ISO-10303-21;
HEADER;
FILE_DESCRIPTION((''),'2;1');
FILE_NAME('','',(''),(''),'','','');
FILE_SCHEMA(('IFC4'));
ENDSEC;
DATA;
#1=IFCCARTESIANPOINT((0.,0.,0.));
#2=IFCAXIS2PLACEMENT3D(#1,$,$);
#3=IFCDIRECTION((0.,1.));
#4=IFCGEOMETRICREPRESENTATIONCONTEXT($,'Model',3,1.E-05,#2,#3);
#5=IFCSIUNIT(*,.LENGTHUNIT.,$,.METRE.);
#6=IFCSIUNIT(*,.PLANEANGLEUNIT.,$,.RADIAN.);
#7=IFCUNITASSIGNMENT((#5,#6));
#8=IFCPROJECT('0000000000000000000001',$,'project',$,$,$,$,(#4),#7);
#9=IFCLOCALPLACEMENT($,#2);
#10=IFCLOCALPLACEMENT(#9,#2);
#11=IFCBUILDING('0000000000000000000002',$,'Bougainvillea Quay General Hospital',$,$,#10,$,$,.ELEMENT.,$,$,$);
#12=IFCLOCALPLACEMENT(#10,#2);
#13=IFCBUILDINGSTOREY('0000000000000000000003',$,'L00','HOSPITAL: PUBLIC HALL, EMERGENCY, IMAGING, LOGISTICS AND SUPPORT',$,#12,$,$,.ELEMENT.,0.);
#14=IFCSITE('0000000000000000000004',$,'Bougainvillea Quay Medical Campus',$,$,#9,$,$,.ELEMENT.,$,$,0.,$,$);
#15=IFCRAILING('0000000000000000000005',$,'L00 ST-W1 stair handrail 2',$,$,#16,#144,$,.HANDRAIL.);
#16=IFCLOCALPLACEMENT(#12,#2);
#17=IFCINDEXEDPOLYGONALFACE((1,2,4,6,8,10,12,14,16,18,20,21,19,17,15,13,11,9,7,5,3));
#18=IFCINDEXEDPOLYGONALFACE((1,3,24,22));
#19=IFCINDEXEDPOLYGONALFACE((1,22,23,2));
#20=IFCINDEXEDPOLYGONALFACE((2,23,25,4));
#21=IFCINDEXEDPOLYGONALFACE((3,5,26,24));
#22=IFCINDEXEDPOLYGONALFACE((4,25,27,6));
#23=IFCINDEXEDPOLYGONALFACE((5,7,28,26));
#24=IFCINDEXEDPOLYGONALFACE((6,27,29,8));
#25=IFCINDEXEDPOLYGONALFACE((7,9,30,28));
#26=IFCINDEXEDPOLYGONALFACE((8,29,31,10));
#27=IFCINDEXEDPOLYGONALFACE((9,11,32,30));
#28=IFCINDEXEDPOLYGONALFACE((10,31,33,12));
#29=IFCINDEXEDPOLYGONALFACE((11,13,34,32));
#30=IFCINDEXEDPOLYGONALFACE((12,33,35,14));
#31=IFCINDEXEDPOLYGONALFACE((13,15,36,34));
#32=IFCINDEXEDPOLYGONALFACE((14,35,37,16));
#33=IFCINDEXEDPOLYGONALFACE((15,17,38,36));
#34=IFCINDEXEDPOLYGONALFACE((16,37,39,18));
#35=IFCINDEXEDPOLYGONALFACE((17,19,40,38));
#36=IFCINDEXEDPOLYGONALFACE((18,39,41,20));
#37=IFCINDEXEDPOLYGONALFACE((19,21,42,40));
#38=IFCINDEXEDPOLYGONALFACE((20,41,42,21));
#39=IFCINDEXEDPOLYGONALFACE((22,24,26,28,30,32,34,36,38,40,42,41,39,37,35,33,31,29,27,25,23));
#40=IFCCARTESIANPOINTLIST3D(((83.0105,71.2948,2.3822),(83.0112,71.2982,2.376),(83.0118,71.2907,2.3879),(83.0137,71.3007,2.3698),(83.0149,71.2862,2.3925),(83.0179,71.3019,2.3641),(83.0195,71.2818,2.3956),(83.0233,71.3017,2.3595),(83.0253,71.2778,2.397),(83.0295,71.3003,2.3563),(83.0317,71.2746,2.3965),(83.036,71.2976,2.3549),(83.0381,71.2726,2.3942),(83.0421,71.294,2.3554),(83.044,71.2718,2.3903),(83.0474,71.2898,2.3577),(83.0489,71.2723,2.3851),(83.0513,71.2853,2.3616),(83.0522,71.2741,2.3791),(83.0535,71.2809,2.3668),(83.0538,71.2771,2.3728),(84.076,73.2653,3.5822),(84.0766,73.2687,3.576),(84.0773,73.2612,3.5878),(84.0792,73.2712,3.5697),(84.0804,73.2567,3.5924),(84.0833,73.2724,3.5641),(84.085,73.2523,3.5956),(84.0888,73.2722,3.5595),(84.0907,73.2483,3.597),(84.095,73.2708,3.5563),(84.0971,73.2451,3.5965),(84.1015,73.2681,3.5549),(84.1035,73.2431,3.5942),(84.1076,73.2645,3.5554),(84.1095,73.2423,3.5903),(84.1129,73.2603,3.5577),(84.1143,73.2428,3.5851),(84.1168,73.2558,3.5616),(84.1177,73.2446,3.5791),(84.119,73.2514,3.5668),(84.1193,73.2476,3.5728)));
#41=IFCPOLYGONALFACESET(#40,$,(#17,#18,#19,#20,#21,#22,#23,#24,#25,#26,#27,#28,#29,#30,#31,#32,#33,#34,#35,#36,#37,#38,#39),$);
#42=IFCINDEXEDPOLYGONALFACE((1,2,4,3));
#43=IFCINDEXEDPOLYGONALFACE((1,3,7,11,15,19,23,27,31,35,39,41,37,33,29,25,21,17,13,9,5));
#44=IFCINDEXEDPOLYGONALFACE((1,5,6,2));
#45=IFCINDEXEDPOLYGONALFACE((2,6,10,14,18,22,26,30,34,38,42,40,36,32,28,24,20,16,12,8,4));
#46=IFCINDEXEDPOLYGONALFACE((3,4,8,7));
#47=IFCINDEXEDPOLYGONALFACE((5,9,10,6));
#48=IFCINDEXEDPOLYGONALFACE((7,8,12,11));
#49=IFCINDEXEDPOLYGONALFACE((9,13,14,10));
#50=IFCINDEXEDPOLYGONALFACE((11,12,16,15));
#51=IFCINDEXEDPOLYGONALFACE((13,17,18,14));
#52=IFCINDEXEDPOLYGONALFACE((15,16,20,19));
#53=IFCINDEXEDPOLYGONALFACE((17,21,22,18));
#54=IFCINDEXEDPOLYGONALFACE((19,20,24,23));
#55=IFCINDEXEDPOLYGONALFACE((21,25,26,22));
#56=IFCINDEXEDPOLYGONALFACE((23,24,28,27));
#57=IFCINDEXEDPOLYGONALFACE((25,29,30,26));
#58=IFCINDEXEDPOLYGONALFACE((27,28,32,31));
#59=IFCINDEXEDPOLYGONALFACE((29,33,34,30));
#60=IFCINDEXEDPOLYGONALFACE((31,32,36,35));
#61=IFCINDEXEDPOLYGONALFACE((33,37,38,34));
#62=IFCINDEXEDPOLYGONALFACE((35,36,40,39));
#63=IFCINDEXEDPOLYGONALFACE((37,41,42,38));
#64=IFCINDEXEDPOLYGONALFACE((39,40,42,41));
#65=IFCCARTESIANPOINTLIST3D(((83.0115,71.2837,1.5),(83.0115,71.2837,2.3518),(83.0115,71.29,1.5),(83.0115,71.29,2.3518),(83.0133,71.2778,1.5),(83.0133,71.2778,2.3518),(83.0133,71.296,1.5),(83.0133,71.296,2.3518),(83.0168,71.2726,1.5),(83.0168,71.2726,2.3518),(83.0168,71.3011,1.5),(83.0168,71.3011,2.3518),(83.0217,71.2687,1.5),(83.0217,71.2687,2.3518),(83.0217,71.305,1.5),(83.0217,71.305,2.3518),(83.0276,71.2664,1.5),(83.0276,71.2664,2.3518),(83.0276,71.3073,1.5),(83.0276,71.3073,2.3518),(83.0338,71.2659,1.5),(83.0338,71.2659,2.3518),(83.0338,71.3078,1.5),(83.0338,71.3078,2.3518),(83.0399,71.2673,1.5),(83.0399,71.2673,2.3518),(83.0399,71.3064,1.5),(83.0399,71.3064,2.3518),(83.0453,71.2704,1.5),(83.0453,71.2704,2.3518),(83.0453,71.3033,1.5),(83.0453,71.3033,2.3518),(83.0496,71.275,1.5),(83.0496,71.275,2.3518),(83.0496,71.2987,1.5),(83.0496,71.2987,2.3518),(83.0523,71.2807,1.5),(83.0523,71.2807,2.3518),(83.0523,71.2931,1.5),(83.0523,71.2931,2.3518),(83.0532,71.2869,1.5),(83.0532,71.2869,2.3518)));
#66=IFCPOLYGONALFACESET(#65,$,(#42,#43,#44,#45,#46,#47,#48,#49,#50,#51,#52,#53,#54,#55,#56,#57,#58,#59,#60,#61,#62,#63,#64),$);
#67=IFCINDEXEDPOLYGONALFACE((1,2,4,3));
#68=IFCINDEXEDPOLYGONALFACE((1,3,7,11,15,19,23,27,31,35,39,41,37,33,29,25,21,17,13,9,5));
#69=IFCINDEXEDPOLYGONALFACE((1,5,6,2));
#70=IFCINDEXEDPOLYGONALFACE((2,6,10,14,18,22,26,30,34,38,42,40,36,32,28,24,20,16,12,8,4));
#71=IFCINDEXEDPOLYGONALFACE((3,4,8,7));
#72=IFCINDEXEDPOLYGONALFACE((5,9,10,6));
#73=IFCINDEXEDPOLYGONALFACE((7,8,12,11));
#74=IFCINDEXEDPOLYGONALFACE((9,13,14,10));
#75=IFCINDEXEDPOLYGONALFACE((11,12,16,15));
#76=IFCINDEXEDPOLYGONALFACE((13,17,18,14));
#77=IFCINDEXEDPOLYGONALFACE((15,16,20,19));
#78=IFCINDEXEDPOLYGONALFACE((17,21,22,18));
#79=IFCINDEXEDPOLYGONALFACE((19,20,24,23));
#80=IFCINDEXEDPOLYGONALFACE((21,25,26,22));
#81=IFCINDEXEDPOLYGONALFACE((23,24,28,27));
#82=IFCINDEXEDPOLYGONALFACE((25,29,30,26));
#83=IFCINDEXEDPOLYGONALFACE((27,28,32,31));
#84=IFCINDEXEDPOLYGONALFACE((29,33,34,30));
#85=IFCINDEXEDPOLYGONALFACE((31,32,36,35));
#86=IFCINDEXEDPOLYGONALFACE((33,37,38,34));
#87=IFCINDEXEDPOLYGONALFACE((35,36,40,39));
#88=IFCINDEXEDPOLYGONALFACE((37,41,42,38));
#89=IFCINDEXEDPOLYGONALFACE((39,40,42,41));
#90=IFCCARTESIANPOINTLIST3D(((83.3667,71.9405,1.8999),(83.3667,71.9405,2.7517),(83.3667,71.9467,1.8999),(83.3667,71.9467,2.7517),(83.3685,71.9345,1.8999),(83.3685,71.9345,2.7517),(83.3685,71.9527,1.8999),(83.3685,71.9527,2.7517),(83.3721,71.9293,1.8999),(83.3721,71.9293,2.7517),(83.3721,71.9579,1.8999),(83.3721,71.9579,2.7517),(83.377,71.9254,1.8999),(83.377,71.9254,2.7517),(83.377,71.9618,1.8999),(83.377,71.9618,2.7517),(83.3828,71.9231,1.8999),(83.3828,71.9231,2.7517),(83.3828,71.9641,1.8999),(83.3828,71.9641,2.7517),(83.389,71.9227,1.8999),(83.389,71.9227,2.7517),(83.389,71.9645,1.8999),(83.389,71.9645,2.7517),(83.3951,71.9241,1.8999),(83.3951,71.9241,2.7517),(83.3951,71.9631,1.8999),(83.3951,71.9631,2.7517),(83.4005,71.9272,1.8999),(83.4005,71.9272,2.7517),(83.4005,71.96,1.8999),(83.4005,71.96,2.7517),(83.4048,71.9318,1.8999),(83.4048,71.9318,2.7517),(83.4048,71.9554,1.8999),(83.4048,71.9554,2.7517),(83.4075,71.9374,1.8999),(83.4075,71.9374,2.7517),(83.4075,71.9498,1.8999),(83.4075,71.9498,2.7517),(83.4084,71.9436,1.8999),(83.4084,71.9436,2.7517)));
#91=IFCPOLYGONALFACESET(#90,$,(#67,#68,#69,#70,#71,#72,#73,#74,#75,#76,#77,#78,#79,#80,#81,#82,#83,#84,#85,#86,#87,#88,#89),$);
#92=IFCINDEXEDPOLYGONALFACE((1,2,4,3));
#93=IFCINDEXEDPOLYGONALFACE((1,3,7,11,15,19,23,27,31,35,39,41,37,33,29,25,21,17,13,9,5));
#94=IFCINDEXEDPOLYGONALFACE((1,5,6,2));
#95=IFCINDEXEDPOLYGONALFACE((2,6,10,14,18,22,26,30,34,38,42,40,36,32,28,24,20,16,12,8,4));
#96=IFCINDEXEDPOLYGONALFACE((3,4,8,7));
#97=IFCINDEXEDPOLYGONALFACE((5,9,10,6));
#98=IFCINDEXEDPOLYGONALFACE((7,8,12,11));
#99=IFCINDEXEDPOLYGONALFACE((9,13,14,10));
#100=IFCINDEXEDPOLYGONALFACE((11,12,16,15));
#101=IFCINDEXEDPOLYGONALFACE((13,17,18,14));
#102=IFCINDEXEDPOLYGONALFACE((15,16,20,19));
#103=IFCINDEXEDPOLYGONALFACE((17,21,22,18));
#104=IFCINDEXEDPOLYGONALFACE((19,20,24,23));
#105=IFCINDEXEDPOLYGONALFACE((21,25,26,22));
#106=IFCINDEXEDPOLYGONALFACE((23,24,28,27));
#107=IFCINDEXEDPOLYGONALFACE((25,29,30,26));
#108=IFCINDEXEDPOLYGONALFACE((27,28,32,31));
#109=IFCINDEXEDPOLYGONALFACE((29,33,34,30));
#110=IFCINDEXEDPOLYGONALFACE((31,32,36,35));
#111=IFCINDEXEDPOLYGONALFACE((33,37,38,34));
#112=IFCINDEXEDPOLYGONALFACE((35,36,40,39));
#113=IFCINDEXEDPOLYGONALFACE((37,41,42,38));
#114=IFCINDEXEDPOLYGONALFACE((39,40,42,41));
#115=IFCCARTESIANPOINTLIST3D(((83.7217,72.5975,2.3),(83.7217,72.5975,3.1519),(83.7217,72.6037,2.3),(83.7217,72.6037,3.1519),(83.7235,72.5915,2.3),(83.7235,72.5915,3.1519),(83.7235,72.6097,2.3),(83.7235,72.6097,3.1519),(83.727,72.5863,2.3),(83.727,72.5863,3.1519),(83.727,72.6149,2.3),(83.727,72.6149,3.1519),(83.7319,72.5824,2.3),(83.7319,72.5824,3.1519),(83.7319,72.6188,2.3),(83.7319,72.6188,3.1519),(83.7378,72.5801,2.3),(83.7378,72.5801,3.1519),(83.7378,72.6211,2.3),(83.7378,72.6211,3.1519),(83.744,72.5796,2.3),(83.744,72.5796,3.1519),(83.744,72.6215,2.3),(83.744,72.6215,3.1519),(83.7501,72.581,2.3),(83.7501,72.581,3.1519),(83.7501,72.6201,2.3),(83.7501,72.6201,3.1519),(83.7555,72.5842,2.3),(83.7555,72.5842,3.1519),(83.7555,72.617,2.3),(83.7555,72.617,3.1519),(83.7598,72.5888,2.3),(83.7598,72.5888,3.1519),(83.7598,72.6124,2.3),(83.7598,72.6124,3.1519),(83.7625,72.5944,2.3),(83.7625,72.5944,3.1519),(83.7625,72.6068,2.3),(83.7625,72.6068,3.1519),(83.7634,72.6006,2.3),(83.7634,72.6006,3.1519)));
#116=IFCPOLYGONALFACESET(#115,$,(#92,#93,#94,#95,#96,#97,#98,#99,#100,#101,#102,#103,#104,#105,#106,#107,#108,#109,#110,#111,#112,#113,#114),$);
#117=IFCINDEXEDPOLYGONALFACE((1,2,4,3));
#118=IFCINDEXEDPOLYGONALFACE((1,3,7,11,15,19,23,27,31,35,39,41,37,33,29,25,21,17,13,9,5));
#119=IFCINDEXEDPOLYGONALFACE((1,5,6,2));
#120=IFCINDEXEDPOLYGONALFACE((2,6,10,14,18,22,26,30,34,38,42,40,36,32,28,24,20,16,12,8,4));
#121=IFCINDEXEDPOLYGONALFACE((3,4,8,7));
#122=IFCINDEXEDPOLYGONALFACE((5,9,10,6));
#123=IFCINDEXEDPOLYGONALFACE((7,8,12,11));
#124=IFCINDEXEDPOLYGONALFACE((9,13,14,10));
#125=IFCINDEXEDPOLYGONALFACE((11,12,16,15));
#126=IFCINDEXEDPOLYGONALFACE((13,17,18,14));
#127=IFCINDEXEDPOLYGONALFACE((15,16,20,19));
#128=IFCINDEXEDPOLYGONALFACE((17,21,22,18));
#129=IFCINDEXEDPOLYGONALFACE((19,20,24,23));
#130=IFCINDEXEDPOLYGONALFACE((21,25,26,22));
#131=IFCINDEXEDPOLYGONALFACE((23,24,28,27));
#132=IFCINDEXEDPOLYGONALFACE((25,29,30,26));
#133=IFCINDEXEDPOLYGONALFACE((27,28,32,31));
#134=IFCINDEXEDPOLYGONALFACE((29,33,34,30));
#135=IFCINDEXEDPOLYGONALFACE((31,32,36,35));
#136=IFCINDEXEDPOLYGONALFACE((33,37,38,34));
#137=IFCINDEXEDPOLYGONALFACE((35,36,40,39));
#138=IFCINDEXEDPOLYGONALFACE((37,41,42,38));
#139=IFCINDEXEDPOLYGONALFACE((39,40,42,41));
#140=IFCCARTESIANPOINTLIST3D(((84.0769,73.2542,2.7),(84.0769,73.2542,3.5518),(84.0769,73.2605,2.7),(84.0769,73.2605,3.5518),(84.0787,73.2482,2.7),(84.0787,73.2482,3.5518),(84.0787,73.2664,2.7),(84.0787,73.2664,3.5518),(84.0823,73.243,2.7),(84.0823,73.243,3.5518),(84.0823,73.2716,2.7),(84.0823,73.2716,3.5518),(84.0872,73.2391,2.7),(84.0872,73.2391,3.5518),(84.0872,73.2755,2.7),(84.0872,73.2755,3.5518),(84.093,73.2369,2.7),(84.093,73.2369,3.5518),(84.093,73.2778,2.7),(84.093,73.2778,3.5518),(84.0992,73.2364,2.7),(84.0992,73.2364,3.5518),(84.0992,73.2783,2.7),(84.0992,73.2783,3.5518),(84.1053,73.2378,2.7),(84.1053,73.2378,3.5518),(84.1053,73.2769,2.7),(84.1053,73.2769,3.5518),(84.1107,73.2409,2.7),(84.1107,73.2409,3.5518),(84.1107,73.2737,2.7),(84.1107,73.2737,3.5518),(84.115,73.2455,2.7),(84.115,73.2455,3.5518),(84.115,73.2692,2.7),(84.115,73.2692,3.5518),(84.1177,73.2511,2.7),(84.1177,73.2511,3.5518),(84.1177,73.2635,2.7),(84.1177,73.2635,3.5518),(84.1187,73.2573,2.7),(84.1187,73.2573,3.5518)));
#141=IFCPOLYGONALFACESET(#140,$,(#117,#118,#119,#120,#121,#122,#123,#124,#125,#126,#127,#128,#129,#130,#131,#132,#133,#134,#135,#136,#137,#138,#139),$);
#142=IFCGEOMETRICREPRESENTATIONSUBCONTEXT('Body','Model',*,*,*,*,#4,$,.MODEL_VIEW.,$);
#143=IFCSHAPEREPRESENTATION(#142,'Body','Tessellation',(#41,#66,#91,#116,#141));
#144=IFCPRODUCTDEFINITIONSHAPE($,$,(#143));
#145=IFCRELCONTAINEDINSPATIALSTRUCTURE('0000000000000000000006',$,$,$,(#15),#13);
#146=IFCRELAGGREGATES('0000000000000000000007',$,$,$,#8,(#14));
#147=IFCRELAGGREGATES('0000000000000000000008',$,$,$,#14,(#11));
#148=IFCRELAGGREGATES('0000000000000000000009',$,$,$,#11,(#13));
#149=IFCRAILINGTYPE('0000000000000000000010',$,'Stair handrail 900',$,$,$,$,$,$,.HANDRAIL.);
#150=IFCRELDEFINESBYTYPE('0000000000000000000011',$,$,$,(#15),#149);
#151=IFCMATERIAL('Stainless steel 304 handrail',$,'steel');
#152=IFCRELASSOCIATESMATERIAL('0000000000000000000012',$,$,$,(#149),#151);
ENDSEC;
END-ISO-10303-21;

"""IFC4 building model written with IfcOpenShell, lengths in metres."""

from ifc_helpers import new_model, si_unit, direction, frame, origin, origin_2d, place, context, subcontext, project, spatial, circle, extrude, material, type_object, element, save


model = new_model("IFC4")

# Units and contexts
model_context = context("Model", 3, precision=1e-05, world=origin(), true_north=direction((0.0, 1.0)))
body_context = subcontext(model_context, "Body", "Model", "MODEL_VIEW")
ifc_project = project(units=[si_unit("LENGTHUNIT", "METRE"), si_unit("PLANEANGLEUNIT", "RADIAN")], contexts=[model_context])

# Site, building, storey
site_placement = place(None, origin())
site = spatial("IfcSite", under=ifc_project, at=site_placement, Name="Bougainvillea Quay Medical Campus", CompositionType="ELEMENT", RefElevation=0.0)
building_placement = place(site_placement, origin())
building = spatial("IfcBuilding", under=site, at=building_placement, Name="Bougainvillea Quay General Hospital", CompositionType="ELEMENT")
storey_placement = place(building_placement, origin())
storey = spatial("IfcBuildingStorey", under=building, at=storey_placement, Name="L00", Description="HOSPITAL: PUBLIC HALL, EMERGENCY, IMAGING, LOGISTICS AND SUPPORT", CompositionType="ELEMENT", Elevation=0.0)

# Railing
ifc_material_1 = material(Name="Stainless steel 304 handrail", Category="steel")
railing_type_1 = type_object("IfcRailingType", Name="Stair handrail 900", PredefinedType="HANDRAIL", material=ifc_material_1)
railing_1_placement = place(storey_placement, frame((83.0322, 71.2869, 1.5)))
element("IfcRailing", 1, at=railing_1_placement, inside=storey, type_object=railing_type_1, Name="L00 ST-W1 stair handrail 2", PredefinedType="HANDRAIL", context=body_context, shape_type="SweptSolid", body=[
    extrude(circle(Radius=0.0239, at=origin_2d()), frame((0.0, 0.0, 0.876), z_axis=(0.419261, 0.775403, 0.472197), x_axis=(-0.879647, 0.475626, 0.0)), (0.0, 0.0, 1.0), 2.5413),
    extrude(circle(Radius=0.021, at=origin_2d()), origin(), (0.0, 0.0, 1.0), 0.8518),
    extrude(circle(Radius=0.021, at=origin_2d()), frame((0.3552, 0.6567, 0.3999)), (0.0, 0.0, 1.0), 0.8518),
    extrude(circle(Radius=0.021, at=origin_2d()), frame((0.7102, 1.3137, 0.8)), (0.0, 0.0, 1.0), 0.8518),
    extrude(circle(Radius=0.021, at=origin_2d()), frame((1.0654, 1.9705, 1.2)), (0.0, 0.0, 1.0), 0.8518),
])

save(model, "model.ifc")
